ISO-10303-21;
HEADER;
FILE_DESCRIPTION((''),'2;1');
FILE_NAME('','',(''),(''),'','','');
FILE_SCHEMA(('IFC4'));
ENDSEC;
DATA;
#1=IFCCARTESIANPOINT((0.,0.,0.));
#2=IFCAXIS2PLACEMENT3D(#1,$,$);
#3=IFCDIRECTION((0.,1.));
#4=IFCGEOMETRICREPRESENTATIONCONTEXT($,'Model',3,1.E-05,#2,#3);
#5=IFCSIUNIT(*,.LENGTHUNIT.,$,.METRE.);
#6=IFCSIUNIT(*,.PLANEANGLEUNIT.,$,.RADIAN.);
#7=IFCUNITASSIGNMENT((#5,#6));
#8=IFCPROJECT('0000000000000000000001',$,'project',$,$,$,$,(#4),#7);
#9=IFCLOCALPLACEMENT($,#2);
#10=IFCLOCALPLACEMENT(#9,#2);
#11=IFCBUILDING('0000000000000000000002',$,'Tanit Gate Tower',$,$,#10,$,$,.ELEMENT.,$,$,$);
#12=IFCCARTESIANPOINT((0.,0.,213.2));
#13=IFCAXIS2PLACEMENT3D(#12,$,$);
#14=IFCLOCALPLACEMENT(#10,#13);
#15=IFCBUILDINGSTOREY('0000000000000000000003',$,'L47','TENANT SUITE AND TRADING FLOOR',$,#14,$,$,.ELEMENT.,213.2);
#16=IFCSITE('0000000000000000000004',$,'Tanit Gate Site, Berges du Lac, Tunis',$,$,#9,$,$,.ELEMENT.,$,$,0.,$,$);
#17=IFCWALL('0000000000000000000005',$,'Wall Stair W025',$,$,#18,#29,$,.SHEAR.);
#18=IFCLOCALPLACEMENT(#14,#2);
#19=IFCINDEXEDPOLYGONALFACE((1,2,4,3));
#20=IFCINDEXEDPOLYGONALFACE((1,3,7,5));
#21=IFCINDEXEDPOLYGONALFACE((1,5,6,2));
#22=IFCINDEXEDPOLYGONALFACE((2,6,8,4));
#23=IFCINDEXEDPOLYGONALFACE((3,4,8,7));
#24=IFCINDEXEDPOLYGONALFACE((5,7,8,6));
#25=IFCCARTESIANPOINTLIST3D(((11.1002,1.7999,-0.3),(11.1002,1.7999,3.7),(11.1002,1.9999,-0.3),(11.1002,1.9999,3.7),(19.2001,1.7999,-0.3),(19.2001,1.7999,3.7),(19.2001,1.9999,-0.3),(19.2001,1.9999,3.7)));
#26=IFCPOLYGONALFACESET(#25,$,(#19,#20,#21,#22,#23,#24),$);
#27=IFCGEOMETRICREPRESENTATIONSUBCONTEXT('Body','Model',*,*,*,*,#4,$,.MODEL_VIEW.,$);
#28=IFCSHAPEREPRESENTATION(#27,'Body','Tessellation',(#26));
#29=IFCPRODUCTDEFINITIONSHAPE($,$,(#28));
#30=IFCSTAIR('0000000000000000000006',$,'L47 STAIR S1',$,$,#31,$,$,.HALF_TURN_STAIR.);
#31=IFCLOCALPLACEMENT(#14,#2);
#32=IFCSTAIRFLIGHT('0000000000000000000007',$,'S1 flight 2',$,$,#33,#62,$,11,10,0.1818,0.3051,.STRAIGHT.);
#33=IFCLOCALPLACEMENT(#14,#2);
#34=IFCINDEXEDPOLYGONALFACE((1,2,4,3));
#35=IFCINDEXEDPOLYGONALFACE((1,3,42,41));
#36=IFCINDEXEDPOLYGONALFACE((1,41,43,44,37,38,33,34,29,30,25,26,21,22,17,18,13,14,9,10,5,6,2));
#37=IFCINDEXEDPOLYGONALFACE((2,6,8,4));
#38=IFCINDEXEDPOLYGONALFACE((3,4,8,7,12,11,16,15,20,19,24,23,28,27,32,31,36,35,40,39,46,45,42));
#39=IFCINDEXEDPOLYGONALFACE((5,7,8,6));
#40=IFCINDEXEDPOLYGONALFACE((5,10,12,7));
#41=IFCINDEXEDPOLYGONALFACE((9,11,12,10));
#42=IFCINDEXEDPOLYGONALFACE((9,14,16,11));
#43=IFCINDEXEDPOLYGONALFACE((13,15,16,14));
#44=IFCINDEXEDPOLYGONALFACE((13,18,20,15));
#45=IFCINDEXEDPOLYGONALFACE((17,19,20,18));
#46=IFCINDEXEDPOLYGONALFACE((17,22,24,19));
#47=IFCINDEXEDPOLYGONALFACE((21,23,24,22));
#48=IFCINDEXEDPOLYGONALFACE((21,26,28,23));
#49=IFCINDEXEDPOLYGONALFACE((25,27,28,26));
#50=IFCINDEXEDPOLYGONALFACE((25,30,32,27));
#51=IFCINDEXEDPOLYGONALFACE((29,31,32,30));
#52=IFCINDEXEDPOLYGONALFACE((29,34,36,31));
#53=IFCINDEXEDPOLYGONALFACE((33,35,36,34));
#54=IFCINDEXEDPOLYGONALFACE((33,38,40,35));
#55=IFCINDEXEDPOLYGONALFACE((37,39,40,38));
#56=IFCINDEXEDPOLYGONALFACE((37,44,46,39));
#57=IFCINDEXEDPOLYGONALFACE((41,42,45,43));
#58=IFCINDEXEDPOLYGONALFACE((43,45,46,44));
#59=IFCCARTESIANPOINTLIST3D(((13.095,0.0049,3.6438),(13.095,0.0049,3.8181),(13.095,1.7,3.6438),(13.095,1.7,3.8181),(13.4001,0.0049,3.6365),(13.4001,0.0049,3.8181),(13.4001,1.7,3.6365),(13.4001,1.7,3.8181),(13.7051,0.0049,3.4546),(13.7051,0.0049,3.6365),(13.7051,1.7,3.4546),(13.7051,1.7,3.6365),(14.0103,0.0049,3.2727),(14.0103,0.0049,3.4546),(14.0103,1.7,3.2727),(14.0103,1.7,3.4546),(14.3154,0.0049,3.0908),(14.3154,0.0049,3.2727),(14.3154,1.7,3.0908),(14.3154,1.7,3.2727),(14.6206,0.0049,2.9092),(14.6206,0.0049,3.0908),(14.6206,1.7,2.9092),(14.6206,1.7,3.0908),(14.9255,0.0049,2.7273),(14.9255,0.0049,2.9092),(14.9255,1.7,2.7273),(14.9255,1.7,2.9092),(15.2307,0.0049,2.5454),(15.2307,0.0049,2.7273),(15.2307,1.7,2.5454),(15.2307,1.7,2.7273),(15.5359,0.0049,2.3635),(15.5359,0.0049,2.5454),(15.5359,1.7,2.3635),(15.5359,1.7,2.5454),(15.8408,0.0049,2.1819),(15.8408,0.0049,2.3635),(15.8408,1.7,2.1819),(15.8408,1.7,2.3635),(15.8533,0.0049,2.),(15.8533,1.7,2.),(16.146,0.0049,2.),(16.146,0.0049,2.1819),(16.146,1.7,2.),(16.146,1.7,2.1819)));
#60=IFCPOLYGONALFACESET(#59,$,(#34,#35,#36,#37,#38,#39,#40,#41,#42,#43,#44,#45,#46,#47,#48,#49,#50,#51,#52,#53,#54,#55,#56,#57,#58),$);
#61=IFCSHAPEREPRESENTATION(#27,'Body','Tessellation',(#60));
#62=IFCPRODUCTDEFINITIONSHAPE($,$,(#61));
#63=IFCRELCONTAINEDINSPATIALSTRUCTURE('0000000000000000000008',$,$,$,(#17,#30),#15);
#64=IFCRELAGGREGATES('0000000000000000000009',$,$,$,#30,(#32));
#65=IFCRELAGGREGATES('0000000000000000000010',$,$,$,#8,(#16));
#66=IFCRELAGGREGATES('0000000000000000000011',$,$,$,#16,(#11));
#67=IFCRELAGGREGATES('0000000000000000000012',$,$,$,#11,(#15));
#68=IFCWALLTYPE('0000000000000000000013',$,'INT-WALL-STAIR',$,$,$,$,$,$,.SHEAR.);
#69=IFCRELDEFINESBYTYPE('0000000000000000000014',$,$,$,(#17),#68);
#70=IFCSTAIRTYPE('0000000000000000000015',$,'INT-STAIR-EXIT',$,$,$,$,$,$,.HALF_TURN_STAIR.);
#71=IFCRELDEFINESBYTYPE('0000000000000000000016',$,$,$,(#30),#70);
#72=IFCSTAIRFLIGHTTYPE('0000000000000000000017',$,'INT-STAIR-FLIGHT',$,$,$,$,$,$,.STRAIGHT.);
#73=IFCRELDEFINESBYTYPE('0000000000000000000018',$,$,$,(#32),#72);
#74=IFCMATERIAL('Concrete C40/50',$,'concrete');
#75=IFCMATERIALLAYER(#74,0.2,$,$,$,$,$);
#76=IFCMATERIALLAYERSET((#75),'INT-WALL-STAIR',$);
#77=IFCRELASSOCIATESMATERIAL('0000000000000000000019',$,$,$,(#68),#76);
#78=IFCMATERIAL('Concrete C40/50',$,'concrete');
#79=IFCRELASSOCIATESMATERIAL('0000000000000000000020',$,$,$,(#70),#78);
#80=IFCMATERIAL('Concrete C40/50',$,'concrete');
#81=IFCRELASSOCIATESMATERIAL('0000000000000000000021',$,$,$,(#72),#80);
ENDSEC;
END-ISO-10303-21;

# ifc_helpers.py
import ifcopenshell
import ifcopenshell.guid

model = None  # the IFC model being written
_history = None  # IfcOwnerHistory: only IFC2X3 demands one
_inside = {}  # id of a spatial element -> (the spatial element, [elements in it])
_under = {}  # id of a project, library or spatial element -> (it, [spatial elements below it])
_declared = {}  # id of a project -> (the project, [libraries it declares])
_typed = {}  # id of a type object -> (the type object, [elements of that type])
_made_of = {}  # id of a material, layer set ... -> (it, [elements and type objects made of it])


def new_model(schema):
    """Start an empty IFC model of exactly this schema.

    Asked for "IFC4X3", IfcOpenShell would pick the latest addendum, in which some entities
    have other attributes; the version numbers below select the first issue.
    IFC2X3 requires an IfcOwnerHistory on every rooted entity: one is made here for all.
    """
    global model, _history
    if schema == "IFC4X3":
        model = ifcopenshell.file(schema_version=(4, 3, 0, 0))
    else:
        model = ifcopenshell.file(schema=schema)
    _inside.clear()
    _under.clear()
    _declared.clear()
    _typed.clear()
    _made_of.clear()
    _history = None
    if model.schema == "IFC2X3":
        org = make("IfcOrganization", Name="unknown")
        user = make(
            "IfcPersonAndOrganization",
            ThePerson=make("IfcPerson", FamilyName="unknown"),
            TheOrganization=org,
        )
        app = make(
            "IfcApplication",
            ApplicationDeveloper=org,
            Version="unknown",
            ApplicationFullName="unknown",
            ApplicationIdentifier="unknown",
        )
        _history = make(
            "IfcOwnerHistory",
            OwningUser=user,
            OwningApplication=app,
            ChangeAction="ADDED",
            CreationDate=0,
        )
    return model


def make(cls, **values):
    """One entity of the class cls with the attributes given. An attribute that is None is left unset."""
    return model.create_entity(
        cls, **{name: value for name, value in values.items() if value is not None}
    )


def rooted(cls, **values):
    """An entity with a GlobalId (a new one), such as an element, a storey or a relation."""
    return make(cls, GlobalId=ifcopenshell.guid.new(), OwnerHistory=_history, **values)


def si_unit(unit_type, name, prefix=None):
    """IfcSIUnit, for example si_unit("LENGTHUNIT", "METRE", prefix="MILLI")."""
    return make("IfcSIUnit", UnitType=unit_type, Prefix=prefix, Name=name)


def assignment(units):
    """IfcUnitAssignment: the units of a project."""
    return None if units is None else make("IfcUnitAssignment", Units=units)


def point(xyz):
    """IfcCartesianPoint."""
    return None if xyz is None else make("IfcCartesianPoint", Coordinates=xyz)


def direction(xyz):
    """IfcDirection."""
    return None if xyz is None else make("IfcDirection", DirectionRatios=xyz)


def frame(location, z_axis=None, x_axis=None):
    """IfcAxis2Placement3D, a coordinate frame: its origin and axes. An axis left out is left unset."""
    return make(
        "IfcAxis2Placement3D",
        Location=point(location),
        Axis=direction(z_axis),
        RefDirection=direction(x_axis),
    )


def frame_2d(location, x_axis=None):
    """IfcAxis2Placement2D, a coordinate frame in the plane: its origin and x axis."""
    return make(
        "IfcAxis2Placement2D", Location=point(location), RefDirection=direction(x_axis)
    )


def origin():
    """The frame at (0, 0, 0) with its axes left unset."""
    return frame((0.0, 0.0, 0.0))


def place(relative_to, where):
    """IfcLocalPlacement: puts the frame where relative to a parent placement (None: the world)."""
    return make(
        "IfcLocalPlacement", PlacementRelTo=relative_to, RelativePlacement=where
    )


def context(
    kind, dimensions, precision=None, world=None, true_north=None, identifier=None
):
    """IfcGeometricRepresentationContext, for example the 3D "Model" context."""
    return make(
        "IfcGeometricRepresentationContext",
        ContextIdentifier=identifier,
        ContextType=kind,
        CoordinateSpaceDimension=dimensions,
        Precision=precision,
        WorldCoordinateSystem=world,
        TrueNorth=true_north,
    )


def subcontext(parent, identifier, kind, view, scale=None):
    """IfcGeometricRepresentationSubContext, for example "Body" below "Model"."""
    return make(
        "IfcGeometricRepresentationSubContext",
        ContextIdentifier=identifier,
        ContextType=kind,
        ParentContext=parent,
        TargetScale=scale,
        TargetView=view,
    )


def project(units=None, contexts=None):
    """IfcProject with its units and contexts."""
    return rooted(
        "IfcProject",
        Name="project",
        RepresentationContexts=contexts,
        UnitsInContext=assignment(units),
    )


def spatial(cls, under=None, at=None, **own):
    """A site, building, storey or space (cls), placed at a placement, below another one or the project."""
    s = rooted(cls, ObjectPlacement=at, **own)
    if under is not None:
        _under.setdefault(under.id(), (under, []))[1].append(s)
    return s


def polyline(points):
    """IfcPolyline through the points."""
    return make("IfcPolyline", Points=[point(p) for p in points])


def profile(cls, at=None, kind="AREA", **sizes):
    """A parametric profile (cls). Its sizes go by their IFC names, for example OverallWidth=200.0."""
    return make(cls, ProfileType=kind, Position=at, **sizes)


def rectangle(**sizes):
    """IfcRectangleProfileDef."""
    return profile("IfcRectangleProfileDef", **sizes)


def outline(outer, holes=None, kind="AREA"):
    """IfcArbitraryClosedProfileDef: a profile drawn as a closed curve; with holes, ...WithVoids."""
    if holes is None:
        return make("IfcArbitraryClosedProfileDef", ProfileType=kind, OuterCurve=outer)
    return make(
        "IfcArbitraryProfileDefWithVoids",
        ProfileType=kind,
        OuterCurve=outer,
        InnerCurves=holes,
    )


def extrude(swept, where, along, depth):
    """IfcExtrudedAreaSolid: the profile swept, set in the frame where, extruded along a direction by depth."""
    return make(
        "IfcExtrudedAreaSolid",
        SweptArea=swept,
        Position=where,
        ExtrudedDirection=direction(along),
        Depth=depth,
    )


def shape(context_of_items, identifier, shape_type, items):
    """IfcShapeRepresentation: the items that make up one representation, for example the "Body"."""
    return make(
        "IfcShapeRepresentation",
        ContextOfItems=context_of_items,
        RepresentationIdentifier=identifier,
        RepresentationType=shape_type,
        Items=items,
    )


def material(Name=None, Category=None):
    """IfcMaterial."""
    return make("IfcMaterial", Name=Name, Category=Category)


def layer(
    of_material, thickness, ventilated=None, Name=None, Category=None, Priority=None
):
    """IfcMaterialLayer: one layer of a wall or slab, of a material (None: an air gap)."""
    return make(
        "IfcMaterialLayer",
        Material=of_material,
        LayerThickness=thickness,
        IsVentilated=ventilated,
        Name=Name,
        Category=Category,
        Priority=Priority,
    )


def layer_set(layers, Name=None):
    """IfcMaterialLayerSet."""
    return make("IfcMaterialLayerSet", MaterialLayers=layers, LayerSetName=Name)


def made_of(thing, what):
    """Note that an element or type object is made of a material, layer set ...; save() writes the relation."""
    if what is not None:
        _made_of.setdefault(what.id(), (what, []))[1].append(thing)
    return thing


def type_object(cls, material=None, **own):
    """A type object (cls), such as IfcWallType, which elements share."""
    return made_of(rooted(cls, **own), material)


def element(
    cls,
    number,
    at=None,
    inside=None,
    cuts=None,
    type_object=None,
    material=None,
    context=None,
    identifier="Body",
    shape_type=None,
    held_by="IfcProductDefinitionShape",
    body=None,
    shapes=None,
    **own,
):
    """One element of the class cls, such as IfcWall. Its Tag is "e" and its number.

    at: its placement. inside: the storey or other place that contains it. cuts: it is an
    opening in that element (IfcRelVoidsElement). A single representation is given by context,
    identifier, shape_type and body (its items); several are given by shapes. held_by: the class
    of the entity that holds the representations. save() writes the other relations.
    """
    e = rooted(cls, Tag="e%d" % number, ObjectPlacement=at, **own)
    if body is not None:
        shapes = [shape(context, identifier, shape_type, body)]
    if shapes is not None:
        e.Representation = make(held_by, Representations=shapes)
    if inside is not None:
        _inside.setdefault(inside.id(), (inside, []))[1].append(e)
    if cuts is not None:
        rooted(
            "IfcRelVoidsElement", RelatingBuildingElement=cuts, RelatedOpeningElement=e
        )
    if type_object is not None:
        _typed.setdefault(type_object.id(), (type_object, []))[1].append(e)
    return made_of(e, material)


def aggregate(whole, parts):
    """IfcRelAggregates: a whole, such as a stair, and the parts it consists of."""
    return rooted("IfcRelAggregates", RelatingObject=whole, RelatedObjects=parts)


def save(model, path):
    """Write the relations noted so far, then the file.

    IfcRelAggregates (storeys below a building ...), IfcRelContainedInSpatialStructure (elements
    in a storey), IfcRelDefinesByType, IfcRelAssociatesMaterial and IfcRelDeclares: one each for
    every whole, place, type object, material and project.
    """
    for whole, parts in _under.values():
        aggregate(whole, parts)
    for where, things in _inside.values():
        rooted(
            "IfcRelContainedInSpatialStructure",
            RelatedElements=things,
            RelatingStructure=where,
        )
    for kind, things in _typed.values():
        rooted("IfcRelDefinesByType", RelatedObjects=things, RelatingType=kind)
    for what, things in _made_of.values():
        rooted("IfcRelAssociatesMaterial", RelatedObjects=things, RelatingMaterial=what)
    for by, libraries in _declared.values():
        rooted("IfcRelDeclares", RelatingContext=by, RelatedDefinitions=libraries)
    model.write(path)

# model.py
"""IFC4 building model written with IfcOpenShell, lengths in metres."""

from ifc_helpers import new_model, si_unit, direction, frame, frame_2d, origin, place, context, subcontext, project, spatial, polyline, rectangle, outline, extrude, material, layer, layer_set, type_object, element, aggregate, save


model = new_model("IFC4")

# Units and contexts
model_context = context("Model", 3, precision=1e-05, world=origin(), true_north=direction((0.0, 1.0)))
body_context = subcontext(model_context, "Body", "Model", "MODEL_VIEW")
ifc_project = project(units=[si_unit("LENGTHUNIT", "METRE"), si_unit("PLANEANGLEUNIT", "RADIAN")], contexts=[model_context])

# Site, building, storey
site_placement = place(None, origin())
site = spatial("IfcSite", under=ifc_project, at=site_placement, Name="Tanit Gate Site, Berges du Lac, Tunis", CompositionType="ELEMENT", RefElevation=0.0)
building_placement = place(site_placement, origin())
building = spatial("IfcBuilding", under=site, at=building_placement, Name="Tanit Gate Tower", CompositionType="ELEMENT")
storey_placement = place(building_placement, frame((0.0, 0.0, 213.2)))
storey = spatial("IfcBuildingStorey", under=building, at=storey_placement, Name="L47", Description="TENANT SUITE AND TRADING FLOOR", CompositionType="ELEMENT", Elevation=213.2)

# Wall
ifc_material_1 = material(Name="Concrete C40/50", Category="concrete")
ifc_layer_1 = layer(ifc_material_1, 0.2)
ifc_layer_set_1 = layer_set([ifc_layer_1], Name="INT-WALL-STAIR")
wall_type_1 = type_object("IfcWallType", Name="INT-WALL-STAIR", PredefinedType="SHEAR", material=ifc_layer_set_1)
wall_1_placement = place(storey_placement, frame((19.2, 1.8999, -0.3), z_axis=(0.0, 0.0, 1.0), x_axis=(-1.0, 0.0, 0.0)))
element("IfcWall", 1, at=wall_1_placement, inside=storey, type_object=wall_type_1, Name="Wall Stair W025", PredefinedType="SHEAR", context=body_context, shape_type="SweptSolid", body=[
    extrude(rectangle(XDim=8.0999, YDim=0.2, at=frame_2d((4.0498, 0.0))), origin(), (0.0, 0.0, 1.0), 4.0),
])

# Stair, stair flight
ifc_material_2 = material(Name="Concrete C40/50", Category="concrete")
stair_type = type_object("IfcStairType", Name="INT-STAIR-EXIT", PredefinedType="HALF_TURN_STAIR", material=ifc_material_2)
stair_placement = place(storey_placement, origin())
stair = element("IfcStair", 2, at=stair_placement, inside=storey, type_object=stair_type, Name="L47 STAIR S1", PredefinedType="HALF_TURN_STAIR")
ifc_material_3 = material(Name="Concrete C40/50", Category="concrete")
stair_flight_type = type_object("IfcStairFlightType", Name="INT-STAIR-FLIGHT", PredefinedType="STRAIGHT", material=ifc_material_3)
stair_flight_placement = place(storey_placement, frame((16.146, 0.8525, 2.0), z_axis=(0.0, 0.0, 1.0), x_axis=(-1.0, 0.0, 0.0)))
stair_flight = element("IfcStairFlight", 3, at=stair_flight_placement, type_object=stair_flight_type, Name="S1 flight 2", NumberOfRisers=11, NumberOfTreads=10, PredefinedType="STRAIGHT", RiserHeight=0.1818, TreadLength=0.3051, context=body_context, shape_type="SweptSolid", body=[
    extrude(outline(polyline([(0.0, 0.0), (0.0, 0.1819), (0.3052, 0.1819), (0.3052, 0.3635), (0.6101, 0.3635), (0.6101, 0.5454), (0.9153, 0.5454), (0.9153, 0.7273), (1.2205, 0.7273), (1.2205, 0.9092), (1.5254, 0.9092), (1.5254, 1.0908), (1.8306, 1.0908), (1.8306, 1.2727), (2.1357, 1.2727), (2.1357, 1.4546), (2.4409, 1.4546), (2.4409, 1.6365), (2.7458, 1.6365), (2.7458, 1.8181), (3.051, 1.8181), (3.051, 2.0), (3.051, 1.6438), (0.2927, 0.0), (0.0, 0.0)])), frame((0.0, 0.8477, 0.0), z_axis=(0.0, -1.0, 0.0), x_axis=(1.0, 0.0, 0.0)), (0.0, 0.0, 1.0), 1.6951),
])
aggregate(stair, [stair_flight])

save(model, "model.ifc")
